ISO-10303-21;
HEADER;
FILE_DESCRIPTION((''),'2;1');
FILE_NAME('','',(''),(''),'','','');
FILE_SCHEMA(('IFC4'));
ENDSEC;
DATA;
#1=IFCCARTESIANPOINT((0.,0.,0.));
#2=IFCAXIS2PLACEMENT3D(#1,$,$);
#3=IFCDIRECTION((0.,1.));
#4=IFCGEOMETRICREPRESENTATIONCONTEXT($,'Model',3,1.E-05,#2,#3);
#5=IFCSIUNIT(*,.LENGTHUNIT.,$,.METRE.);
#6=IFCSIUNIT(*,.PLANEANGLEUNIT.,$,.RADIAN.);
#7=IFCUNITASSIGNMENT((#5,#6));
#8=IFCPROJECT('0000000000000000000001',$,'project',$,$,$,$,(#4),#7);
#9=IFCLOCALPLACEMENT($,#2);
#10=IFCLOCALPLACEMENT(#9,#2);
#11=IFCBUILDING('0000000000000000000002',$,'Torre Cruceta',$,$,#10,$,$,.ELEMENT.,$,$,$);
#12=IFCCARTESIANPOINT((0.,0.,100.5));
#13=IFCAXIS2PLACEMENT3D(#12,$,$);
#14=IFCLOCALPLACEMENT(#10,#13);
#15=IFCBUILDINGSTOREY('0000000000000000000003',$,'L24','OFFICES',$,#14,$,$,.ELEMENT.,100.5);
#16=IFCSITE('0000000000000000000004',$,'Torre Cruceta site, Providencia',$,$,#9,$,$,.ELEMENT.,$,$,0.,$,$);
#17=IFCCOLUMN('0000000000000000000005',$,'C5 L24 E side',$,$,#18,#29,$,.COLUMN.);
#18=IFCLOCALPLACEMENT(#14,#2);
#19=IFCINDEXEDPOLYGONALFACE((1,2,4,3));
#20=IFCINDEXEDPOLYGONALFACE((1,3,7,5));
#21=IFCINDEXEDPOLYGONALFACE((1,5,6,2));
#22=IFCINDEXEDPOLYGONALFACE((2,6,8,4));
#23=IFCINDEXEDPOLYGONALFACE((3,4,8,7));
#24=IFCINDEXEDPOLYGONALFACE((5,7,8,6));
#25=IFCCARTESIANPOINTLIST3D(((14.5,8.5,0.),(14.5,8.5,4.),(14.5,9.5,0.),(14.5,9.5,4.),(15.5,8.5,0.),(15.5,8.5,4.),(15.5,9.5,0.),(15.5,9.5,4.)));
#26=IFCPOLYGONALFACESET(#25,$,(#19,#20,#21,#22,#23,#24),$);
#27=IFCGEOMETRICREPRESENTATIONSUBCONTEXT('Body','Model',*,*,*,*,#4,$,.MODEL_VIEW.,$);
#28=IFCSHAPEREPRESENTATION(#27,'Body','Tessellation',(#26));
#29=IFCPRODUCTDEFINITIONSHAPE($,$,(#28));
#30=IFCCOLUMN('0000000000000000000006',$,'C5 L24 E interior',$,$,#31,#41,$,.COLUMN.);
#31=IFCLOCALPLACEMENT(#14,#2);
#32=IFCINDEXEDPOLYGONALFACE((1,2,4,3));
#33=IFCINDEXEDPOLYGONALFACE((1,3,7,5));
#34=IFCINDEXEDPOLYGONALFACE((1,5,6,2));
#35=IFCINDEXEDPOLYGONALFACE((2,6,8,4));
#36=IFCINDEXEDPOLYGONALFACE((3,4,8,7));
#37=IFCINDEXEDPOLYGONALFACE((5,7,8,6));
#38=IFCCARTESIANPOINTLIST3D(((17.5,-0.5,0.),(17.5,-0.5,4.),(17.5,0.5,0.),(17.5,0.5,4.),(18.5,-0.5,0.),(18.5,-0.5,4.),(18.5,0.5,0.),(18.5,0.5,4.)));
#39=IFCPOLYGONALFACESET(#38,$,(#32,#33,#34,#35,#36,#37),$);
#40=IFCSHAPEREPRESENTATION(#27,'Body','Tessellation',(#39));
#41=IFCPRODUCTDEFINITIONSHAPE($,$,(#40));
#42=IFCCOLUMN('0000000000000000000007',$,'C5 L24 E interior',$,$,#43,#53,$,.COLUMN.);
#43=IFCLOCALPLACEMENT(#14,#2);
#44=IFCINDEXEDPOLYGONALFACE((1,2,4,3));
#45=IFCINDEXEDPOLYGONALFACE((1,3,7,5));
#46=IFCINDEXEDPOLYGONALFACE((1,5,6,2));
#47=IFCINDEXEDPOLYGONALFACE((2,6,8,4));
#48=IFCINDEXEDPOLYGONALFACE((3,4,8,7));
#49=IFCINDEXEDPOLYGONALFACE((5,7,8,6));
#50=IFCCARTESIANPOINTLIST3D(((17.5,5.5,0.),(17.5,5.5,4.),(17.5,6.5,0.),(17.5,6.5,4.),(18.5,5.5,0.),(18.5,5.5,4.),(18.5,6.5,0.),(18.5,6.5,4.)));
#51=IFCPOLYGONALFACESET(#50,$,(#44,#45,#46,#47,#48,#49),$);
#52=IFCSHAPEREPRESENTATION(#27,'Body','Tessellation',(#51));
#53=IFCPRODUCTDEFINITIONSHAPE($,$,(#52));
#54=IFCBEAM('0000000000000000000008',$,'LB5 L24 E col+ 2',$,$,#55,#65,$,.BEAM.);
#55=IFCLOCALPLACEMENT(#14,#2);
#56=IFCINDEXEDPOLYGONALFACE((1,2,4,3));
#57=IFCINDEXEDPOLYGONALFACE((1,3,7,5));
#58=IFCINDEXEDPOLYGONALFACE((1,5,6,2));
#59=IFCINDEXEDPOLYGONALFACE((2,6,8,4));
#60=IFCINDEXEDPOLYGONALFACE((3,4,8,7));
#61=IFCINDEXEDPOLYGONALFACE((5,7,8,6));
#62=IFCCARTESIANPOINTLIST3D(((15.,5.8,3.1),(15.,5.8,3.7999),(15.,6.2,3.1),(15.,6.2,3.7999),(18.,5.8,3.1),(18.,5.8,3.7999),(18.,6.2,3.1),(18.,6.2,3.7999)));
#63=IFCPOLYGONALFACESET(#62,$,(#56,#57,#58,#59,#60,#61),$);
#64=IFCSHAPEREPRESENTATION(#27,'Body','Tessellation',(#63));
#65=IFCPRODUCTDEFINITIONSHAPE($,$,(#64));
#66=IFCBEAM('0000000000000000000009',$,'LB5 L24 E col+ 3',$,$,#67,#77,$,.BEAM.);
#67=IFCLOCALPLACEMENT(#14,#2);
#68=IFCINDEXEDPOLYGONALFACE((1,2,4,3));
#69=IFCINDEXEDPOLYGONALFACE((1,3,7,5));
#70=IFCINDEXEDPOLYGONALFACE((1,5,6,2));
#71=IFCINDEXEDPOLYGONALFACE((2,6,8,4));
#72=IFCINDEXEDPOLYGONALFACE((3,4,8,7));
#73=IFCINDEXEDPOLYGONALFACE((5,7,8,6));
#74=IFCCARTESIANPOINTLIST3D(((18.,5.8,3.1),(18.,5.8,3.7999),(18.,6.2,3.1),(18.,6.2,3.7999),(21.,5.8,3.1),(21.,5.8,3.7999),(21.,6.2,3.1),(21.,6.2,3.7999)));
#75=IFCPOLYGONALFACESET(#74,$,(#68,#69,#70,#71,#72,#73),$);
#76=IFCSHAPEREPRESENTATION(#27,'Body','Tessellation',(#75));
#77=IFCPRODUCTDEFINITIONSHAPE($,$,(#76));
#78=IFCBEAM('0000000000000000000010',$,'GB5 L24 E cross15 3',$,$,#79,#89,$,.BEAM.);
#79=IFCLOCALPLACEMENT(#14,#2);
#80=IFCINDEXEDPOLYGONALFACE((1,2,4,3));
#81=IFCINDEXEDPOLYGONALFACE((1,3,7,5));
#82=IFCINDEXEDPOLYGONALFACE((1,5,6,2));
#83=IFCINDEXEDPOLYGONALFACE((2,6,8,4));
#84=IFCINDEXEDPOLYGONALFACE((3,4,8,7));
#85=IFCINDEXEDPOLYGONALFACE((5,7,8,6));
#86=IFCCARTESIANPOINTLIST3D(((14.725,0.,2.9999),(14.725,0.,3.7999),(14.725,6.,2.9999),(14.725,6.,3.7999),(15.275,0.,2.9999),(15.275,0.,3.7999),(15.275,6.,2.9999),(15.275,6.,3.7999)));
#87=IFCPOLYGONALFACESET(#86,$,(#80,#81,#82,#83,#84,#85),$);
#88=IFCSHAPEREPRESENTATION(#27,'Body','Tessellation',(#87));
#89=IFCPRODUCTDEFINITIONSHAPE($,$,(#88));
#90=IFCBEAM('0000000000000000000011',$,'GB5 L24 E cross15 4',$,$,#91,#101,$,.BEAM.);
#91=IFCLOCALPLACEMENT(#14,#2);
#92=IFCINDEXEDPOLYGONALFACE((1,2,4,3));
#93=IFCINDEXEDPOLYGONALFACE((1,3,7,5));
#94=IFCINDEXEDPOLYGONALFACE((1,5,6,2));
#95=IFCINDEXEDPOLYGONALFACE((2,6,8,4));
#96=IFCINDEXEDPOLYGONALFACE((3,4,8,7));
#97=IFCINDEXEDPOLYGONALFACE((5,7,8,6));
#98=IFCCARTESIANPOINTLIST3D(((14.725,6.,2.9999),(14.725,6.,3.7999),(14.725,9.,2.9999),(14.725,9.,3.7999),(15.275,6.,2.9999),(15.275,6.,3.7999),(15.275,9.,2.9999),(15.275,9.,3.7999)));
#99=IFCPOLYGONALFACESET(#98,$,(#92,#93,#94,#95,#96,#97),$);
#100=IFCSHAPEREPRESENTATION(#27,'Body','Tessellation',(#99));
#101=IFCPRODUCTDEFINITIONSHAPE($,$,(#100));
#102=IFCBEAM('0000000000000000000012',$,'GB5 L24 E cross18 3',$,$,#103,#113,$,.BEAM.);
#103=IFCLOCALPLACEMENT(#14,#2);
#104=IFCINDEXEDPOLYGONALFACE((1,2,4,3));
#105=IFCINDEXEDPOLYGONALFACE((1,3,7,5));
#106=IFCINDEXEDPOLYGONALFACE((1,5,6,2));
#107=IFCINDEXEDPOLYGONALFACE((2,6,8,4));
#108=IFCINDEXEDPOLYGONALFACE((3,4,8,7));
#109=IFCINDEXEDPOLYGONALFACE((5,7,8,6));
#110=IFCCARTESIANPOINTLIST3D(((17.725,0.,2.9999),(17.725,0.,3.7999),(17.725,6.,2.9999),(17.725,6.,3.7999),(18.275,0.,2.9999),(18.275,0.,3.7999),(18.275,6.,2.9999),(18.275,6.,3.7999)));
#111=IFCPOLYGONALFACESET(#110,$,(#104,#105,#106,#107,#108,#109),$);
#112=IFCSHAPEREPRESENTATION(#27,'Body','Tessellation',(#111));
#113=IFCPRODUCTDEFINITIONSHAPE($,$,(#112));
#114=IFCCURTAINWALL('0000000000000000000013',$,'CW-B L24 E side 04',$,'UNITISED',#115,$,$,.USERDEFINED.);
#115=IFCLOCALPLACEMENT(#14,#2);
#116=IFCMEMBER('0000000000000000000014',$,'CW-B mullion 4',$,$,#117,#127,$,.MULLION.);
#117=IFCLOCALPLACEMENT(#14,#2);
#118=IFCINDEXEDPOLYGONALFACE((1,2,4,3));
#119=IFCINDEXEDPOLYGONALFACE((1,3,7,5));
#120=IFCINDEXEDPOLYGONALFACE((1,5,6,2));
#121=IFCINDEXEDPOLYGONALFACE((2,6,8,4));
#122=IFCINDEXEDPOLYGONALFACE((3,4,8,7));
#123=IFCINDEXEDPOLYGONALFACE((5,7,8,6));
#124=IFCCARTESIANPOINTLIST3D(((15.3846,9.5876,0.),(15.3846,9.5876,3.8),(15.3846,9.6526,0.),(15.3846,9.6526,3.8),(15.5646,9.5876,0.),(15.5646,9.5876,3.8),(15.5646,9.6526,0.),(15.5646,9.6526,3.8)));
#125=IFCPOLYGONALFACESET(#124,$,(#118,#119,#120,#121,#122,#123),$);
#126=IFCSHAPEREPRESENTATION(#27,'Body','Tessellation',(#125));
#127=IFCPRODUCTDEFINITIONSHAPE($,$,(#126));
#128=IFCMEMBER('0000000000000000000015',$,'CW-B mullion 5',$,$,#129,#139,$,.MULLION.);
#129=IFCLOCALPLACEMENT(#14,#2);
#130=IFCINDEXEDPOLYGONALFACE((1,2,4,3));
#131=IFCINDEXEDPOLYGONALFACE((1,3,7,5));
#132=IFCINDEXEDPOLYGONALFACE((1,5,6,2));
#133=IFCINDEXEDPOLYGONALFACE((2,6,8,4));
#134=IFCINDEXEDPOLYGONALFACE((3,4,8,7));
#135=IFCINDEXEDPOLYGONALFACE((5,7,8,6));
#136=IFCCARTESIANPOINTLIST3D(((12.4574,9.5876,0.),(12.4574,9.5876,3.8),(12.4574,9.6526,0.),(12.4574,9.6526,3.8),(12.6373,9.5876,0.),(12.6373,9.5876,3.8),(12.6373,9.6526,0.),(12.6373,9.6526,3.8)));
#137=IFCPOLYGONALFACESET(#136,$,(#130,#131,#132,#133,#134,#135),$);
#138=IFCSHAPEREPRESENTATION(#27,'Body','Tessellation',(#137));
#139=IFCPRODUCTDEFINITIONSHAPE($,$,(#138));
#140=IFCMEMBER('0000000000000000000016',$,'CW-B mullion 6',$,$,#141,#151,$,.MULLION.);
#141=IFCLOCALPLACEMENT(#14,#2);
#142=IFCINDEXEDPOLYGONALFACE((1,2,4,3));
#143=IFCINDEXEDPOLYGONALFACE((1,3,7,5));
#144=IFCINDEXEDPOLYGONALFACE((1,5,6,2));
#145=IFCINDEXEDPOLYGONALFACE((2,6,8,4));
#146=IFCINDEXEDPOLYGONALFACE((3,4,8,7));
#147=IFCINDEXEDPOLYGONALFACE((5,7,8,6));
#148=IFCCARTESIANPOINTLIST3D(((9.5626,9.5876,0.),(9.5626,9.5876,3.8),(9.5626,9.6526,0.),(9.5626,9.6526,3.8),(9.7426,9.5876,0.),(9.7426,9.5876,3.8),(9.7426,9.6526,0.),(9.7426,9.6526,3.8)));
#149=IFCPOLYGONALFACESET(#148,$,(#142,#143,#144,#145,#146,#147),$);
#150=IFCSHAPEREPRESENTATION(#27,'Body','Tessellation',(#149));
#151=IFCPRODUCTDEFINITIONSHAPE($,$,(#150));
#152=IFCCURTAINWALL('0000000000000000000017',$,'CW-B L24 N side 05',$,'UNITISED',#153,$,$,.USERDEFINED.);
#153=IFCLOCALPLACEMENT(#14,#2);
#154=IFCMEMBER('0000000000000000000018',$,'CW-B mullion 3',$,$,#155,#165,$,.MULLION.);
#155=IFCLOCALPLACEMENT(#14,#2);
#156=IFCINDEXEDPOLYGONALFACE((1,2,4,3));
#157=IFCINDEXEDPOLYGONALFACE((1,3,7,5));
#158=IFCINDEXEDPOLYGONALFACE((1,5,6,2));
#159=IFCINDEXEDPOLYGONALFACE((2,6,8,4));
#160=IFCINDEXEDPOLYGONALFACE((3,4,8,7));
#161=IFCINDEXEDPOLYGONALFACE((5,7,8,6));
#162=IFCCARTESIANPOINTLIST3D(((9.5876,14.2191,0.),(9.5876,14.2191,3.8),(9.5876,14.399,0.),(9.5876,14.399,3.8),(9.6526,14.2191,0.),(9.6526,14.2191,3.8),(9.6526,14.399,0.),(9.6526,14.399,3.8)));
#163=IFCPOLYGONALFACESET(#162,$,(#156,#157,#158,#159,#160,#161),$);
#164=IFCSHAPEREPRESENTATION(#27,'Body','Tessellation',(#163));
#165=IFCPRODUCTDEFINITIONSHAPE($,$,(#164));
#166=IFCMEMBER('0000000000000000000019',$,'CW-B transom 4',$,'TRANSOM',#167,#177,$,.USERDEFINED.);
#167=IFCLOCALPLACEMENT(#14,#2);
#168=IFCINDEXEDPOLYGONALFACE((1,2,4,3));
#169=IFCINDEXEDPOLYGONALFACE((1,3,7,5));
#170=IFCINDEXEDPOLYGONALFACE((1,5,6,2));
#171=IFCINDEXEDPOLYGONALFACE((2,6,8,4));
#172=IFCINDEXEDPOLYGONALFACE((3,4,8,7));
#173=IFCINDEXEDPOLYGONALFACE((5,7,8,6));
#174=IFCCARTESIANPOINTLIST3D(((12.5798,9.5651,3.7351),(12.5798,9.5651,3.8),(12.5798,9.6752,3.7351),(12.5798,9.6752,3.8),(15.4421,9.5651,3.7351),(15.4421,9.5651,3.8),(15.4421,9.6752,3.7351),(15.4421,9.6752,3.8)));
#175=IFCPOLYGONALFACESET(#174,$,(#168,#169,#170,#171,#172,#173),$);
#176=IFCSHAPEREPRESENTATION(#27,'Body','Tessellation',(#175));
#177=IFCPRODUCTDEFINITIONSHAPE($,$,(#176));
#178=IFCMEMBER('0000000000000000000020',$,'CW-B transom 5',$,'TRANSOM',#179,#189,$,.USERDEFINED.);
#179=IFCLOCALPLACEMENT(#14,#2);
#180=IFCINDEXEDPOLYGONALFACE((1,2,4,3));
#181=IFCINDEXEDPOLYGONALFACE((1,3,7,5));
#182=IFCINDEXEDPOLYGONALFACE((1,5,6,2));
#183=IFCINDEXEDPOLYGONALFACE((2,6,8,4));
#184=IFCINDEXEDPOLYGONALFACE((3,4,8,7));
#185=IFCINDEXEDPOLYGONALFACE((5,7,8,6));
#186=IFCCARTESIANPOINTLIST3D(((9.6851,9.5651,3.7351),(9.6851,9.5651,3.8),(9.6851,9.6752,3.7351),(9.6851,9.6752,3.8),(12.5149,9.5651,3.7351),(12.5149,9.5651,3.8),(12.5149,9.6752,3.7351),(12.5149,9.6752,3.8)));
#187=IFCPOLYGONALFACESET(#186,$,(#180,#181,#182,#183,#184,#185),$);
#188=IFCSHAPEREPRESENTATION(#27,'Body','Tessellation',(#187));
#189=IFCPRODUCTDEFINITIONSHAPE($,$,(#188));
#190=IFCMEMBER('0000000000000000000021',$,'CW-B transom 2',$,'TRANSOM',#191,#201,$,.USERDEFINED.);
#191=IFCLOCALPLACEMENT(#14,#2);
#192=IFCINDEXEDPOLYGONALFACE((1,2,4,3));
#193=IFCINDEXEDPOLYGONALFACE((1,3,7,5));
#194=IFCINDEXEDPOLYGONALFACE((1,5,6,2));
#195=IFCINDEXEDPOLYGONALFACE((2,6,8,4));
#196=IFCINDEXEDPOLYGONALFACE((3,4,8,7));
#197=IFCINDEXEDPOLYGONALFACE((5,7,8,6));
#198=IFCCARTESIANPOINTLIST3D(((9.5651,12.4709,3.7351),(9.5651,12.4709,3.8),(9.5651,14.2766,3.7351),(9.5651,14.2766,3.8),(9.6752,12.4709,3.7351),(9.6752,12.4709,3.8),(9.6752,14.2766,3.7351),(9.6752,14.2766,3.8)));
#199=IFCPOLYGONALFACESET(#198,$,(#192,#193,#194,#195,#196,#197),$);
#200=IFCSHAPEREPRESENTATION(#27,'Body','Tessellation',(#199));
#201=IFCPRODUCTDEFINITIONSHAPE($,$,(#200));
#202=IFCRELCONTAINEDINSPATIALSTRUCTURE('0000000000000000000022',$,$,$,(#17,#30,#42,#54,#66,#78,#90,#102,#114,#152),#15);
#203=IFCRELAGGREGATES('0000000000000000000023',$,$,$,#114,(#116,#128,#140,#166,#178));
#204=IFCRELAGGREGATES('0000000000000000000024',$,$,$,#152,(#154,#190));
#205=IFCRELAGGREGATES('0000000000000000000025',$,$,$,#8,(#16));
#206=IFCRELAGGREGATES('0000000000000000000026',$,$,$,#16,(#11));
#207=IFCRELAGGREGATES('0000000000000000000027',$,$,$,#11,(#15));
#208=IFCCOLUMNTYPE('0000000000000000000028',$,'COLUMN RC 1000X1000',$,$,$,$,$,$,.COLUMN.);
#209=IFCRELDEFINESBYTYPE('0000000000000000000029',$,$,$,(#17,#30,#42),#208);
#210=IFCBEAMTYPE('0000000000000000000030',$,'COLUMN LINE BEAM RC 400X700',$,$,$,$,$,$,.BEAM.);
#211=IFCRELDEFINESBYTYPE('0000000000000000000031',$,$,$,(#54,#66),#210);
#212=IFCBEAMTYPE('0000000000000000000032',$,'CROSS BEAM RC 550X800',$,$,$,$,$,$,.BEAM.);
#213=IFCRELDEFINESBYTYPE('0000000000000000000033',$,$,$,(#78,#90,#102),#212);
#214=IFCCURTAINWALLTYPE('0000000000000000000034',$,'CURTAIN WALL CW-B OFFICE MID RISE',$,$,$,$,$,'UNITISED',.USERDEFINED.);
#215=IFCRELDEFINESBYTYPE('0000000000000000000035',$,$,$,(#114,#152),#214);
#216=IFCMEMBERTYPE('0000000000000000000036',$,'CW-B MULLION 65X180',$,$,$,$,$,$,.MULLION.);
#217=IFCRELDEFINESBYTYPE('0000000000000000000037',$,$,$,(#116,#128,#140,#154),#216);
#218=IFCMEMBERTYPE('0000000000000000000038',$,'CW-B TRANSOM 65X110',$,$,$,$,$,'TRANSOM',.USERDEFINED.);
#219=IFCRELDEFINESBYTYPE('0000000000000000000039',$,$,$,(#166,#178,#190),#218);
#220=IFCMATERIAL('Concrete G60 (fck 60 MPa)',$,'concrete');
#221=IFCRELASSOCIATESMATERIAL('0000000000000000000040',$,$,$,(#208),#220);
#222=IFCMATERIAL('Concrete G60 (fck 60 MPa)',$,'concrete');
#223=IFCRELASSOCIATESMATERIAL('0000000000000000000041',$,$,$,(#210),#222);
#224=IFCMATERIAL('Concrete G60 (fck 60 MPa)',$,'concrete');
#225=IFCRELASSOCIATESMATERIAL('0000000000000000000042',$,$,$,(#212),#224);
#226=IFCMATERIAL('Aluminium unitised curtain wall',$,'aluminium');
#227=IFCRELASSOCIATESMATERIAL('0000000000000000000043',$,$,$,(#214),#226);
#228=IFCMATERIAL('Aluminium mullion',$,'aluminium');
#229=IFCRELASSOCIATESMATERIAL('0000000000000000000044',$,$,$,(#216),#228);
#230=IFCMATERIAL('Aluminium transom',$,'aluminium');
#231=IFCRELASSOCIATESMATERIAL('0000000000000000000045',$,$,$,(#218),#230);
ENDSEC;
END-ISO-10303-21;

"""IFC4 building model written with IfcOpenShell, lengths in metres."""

from ifc_helpers import new_model, si_unit, direction, frame, origin, origin_2d, place, context, subcontext, project, spatial, rectangle, extrude, material, material_profile, profile_set, type_object, element, aggregate, save


model = new_model("IFC4")

# Units and contexts
model_context = context("Model", 3, precision=1e-05, world=origin(), true_north=direction((0.0, 1.0)))
body_context = subcontext(model_context, "Body", "Model", "MODEL_VIEW")
ifc_project = project(units=[si_unit("LENGTHUNIT", "METRE"), si_unit("PLANEANGLEUNIT", "RADIAN")], contexts=[model_context])

# Site, building, storey
site_placement = place(None, origin())
site = spatial("IfcSite", under=ifc_project, at=site_placement, Name="Torre Cruceta site, Providencia", CompositionType="ELEMENT", RefElevation=0.0)
building_placement = place(site_placement, origin())
building = spatial("IfcBuilding", under=site, at=building_placement, Name="Torre Cruceta", CompositionType="ELEMENT")
storey_placement = place(building_placement, frame((0.0, 0.0, 100.5)))
storey = spatial("IfcBuildingStorey", under=building, at=storey_placement, Name="L24", Description="OFFICES", CompositionType="ELEMENT", Elevation=100.5)

# Columns
ifc_material_1 = material(Name="Concrete G60 (fck 60 MPa)", Category="concrete")
ifc_material_profile_1 = material_profile(ifc_material_1, rectangle(XDim=1.0, YDim=1.0, at=origin_2d()), Name="RC 1000X1000")
ifc_profile_set_1 = profile_set([ifc_material_profile_1], Name="Concrete G60 (fck 60 MPa)")
column_type = type_object("IfcColumnType", Name="COLUMN RC 1000X1000", PredefinedType="COLUMN", material=ifc_profile_set_1)
for number, where, z_axis, x_axis, name in (
    (1, (15.0, 9.0, 0.0), (0.0, 0.0, 1.0), (1.0, 0.0, 0.0), "C5 L24 E side"),
    (2, (18.0, 0.0, 0.0), (0.0, 0.0, 1.0), (1.0, 0.0, 0.0), "C5 L24 E interior"),
    (3, (18.0, 6.0, 0.0), (0.0, 0.0, 1.0), (1.0, 0.0, 0.0), "C5 L24 E interior"),
):
    element("IfcColumn", number, at=place(storey_placement, frame(where, z_axis=z_axis, x_axis=x_axis)), inside=storey, type_object=column_type, Name=name, PredefinedType="COLUMN", context=body_context, shape_type="SweptSolid", body=[
        extrude(rectangle(XDim=1.0, YDim=1.0, at=origin_2d()), origin(), (0.0, 0.0, 1.0), 4.0),
    ])

# Beams
ifc_material_2 = material(Name="Concrete G60 (fck 60 MPa)", Category="concrete")
ifc_material_profile_2 = material_profile(ifc_material_2, rectangle(XDim=0.3999, YDim=0.7, at=origin_2d()), Name="RC 400X700")
ifc_profile_set_2 = profile_set([ifc_material_profile_2], Name="Concrete G60 (fck 60 MPa)")
beam_type_1 = type_object("IfcBeamType", Name="COLUMN LINE BEAM RC 400X700", PredefinedType="BEAM", material=ifc_profile_set_2)
for number, where, z_axis, x_axis, name in (
    (4, (15.0, 6.0, 3.45), (1.0, 0.0, 0.0), (0.0, 1.0, 0.0), "LB5 L24 E col+ 2"),
    (5, (18.0, 6.0, 3.45), (1.0, 0.0, 0.0), (0.0, 1.0, 0.0), "LB5 L24 E col+ 3"),
):
    element("IfcBeam", number, at=place(storey_placement, frame(where, z_axis=z_axis, x_axis=x_axis)), inside=storey, type_object=beam_type_1, Name=name, PredefinedType="BEAM", context=body_context, shape_type="SweptSolid", body=[
        extrude(rectangle(XDim=0.3999, YDim=0.7, at=origin_2d()), origin(), (0.0, 0.0, 1.0), 3.0),
    ])
ifc_material_3 = material(Name="Concrete G60 (fck 60 MPa)", Category="concrete")
ifc_material_profile_3 = material_profile(ifc_material_3, rectangle(XDim=0.55, YDim=0.8, at=origin_2d()), Name="RC 550X800")
ifc_profile_set_3 = profile_set([ifc_material_profile_3], Name="Concrete G60 (fck 60 MPa)")
beam_type_2 = type_object("IfcBeamType", Name="CROSS BEAM RC 550X800", PredefinedType="BEAM", material=ifc_profile_set_3)
beam_1_placement = place(storey_placement, frame((15.0, 0.0, 3.3999), z_axis=(0.0, 1.0, 0.0), x_axis=(-1.0, 0.0, 0.0)))
element("IfcBeam", 6, at=beam_1_placement, inside=storey, type_object=beam_type_2, Name="GB5 L24 E cross15 3", PredefinedType="BEAM", context=body_context, shape_type="SweptSolid", body=[
    extrude(rectangle(XDim=0.55, YDim=0.8, at=origin_2d()), origin(), (0.0, 0.0, 1.0), 6.0),
])
beam_2_placement = place(storey_placement, frame((15.0, 6.0, 3.3999), z_axis=(0.0, 1.0, 0.0), x_axis=(-1.0, 0.0, 0.0)))
element("IfcBeam", 7, at=beam_2_placement, inside=storey, type_object=beam_type_2, Name="GB5 L24 E cross15 4", PredefinedType="BEAM", context=body_context, shape_type="SweptSolid", body=[
    extrude(rectangle(XDim=0.55, YDim=0.8, at=origin_2d()), origin(), (0.0, 0.0, 1.0), 3.0),
])
beam_3_placement = place(storey_placement, frame((18.0, 0.0, 3.3999), z_axis=(0.0, 1.0, 0.0), x_axis=(-1.0, 0.0, 0.0)))
element("IfcBeam", 8, at=beam_3_placement, inside=storey, type_object=beam_type_2, Name="GB5 L24 E cross18 3", PredefinedType="BEAM", context=body_context, shape_type="SweptSolid", body=[
    extrude(rectangle(XDim=0.55, YDim=0.8, at=origin_2d()), origin(), (0.0, 0.0, 1.0), 6.0),
])

# Curtain wall, members
ifc_material_4 = material(Name="Aluminium unitised curtain wall", Category="aluminium")
curtain_wall_type = type_object("IfcCurtainWallType", Name="CURTAIN WALL CW-B OFFICE MID RISE", ElementType="UNITISED", PredefinedType="USERDEFINED", material=ifc_material_4)
curtain_wall_1_placement = place(storey_placement, origin())
curtain_wall_1 = element("IfcCurtainWall", 9, at=curtain_wall_1_placement, inside=storey, type_object=curtain_wall_type, Name="CW-B L24 E side 04", ObjectType="UNITISED", PredefinedType="USERDEFINED")
ifc_material_5 = material(Name="Aluminium mullion", Category="aluminium")
ifc_material_profile_4 = material_profile(ifc_material_5, rectangle(XDim=0.0649, YDim=0.1799, at=origin_2d()), Name="AL 65X180")
ifc_profile_set_4 = profile_set([ifc_material_profile_4], Name="Aluminium mullion")
member_type_1 = type_object("IfcMemberType", Name="CW-B MULLION 65X180", PredefinedType="MULLION", material=ifc_profile_set_4)
member_1_placement = place(storey_placement, frame((15.4746, 9.6201, 0.0), z_axis=(0.0, 0.0, 1.0), x_axis=(0.0, -1.0, 0.0)))
member_1 = element("IfcMember", 10, at=member_1_placement, type_object=member_type_1, Name="CW-B mullion 4", PredefinedType="MULLION", context=body_context, shape_type="SweptSolid", body=[
    extrude(rectangle(XDim=0.0649, YDim=0.1799, at=origin_2d()), origin(), (0.0, 0.0, 1.0), 3.8),
])
member_2_placement = place(storey_placement, frame((12.5474, 9.6201, 0.0), z_axis=(0.0, 0.0, 1.0), x_axis=(0.0, -1.0, 0.0)))
member_2 = element("IfcMember", 11, at=member_2_placement, type_object=member_type_1, Name="CW-B mullion 5", PredefinedType="MULLION", context=body_context, shape_type="SweptSolid", body=[
    extrude(rectangle(XDim=0.0649, YDim=0.1799, at=origin_2d()), origin(), (0.0, 0.0, 1.0), 3.8),
])
member_3_placement = place(storey_placement, frame((9.6526, 9.6201, 0.0), z_axis=(0.0, 0.0, 1.0), x_axis=(0.0, -1.0, 0.0)))
member_3 = element("IfcMember", 12, at=member_3_placement, type_object=member_type_1, Name="CW-B mullion 6", PredefinedType="MULLION", context=body_context, shape_type="SweptSolid", body=[
    extrude(rectangle(XDim=0.0649, YDim=0.1799, at=origin_2d()), origin(), (0.0, 0.0, 1.0), 3.8),
])

# Curtain wall, member
curtain_wall_2_placement = place(storey_placement, origin())
curtain_wall_2 = element("IfcCurtainWall", 13, at=curtain_wall_2_placement, inside=storey, type_object=curtain_wall_type, Name="CW-B L24 N side 05", ObjectType="UNITISED", PredefinedType="USERDEFINED")
member_4_placement = place(storey_placement, frame((9.6201, 14.3091, 0.0), z_axis=(0.0, 0.0, 1.0), x_axis=(-1.0, 0.0, 0.0)))
member_4 = element("IfcMember", 14, at=member_4_placement, type_object=member_type_1, Name="CW-B mullion 3", PredefinedType="MULLION", context=body_context, shape_type="SweptSolid", body=[
    extrude(rectangle(XDim=0.0649, YDim=0.1799, at=origin_2d()), origin(), (0.0, 0.0, 1.0), 3.8),
])

# Members
ifc_material_6 = material(Name="Aluminium transom", Category="aluminium")
ifc_material_profile_5 = material_profile(ifc_material_6, rectangle(XDim=0.1101, YDim=0.0649, at=origin_2d()), Name="AL 110X65")
ifc_profile_set_5 = profile_set([ifc_material_profile_5], Name="Aluminium transom")
member_type_2 = type_object("IfcMemberType", Name="CW-B TRANSOM 65X110", ElementType="TRANSOM", PredefinedType="USERDEFINED", material=ifc_profile_set_5)
member_5_placement = place(storey_placement, frame((15.4421, 9.6201, 3.7676), z_axis=(-1.0, 0.0, 0.0), x_axis=(0.0, -1.0, 0.0)))
member_5 = element("IfcMember", 15, at=member_5_placement, type_object=member_type_2, Name="CW-B transom 4", ObjectType="TRANSOM", PredefinedType="USERDEFINED", context=body_context, shape_type="SweptSolid", body=[
    extrude(rectangle(XDim=0.1101, YDim=0.0649, at=origin_2d()), origin(), (0.0, 0.0, 1.0), 2.8623),
])
member_6_placement = place(storey_placement, frame((12.5149, 9.6201, 3.7676), z_axis=(-1.0, 0.0, 0.0), x_axis=(0.0, -1.0, 0.0)))
member_6 = element("IfcMember", 16, at=member_6_placement, type_object=member_type_2, Name="CW-B transom 5", ObjectType="TRANSOM", PredefinedType="USERDEFINED", context=body_context, shape_type="SweptSolid", body=[
    extrude(rectangle(XDim=0.1101, YDim=0.0649, at=origin_2d()), origin(), (0.0, 0.0, 1.0), 2.8298),
])
member_7_placement = place(storey_placement, frame((9.6201, 12.4709, 3.7676), z_axis=(0.0, 1.0, 0.0), x_axis=(-1.0, 0.0, 0.0)))
member_7 = element("IfcMember", 17, at=member_7_placement, type_object=member_type_2, Name="CW-B transom 2", ObjectType="TRANSOM", PredefinedType="USERDEFINED", context=body_context, shape_type="SweptSolid", body=[
    extrude(rectangle(XDim=0.1101, YDim=0.0649, at=origin_2d()), origin(), (0.0, 0.0, 1.0), 1.8057),
])

aggregate(curtain_wall_1, [member_1, member_2, member_3, member_5, member_6])
aggregate(curtain_wall_2, [member_4, member_7])

save(model, "model.ifc")
